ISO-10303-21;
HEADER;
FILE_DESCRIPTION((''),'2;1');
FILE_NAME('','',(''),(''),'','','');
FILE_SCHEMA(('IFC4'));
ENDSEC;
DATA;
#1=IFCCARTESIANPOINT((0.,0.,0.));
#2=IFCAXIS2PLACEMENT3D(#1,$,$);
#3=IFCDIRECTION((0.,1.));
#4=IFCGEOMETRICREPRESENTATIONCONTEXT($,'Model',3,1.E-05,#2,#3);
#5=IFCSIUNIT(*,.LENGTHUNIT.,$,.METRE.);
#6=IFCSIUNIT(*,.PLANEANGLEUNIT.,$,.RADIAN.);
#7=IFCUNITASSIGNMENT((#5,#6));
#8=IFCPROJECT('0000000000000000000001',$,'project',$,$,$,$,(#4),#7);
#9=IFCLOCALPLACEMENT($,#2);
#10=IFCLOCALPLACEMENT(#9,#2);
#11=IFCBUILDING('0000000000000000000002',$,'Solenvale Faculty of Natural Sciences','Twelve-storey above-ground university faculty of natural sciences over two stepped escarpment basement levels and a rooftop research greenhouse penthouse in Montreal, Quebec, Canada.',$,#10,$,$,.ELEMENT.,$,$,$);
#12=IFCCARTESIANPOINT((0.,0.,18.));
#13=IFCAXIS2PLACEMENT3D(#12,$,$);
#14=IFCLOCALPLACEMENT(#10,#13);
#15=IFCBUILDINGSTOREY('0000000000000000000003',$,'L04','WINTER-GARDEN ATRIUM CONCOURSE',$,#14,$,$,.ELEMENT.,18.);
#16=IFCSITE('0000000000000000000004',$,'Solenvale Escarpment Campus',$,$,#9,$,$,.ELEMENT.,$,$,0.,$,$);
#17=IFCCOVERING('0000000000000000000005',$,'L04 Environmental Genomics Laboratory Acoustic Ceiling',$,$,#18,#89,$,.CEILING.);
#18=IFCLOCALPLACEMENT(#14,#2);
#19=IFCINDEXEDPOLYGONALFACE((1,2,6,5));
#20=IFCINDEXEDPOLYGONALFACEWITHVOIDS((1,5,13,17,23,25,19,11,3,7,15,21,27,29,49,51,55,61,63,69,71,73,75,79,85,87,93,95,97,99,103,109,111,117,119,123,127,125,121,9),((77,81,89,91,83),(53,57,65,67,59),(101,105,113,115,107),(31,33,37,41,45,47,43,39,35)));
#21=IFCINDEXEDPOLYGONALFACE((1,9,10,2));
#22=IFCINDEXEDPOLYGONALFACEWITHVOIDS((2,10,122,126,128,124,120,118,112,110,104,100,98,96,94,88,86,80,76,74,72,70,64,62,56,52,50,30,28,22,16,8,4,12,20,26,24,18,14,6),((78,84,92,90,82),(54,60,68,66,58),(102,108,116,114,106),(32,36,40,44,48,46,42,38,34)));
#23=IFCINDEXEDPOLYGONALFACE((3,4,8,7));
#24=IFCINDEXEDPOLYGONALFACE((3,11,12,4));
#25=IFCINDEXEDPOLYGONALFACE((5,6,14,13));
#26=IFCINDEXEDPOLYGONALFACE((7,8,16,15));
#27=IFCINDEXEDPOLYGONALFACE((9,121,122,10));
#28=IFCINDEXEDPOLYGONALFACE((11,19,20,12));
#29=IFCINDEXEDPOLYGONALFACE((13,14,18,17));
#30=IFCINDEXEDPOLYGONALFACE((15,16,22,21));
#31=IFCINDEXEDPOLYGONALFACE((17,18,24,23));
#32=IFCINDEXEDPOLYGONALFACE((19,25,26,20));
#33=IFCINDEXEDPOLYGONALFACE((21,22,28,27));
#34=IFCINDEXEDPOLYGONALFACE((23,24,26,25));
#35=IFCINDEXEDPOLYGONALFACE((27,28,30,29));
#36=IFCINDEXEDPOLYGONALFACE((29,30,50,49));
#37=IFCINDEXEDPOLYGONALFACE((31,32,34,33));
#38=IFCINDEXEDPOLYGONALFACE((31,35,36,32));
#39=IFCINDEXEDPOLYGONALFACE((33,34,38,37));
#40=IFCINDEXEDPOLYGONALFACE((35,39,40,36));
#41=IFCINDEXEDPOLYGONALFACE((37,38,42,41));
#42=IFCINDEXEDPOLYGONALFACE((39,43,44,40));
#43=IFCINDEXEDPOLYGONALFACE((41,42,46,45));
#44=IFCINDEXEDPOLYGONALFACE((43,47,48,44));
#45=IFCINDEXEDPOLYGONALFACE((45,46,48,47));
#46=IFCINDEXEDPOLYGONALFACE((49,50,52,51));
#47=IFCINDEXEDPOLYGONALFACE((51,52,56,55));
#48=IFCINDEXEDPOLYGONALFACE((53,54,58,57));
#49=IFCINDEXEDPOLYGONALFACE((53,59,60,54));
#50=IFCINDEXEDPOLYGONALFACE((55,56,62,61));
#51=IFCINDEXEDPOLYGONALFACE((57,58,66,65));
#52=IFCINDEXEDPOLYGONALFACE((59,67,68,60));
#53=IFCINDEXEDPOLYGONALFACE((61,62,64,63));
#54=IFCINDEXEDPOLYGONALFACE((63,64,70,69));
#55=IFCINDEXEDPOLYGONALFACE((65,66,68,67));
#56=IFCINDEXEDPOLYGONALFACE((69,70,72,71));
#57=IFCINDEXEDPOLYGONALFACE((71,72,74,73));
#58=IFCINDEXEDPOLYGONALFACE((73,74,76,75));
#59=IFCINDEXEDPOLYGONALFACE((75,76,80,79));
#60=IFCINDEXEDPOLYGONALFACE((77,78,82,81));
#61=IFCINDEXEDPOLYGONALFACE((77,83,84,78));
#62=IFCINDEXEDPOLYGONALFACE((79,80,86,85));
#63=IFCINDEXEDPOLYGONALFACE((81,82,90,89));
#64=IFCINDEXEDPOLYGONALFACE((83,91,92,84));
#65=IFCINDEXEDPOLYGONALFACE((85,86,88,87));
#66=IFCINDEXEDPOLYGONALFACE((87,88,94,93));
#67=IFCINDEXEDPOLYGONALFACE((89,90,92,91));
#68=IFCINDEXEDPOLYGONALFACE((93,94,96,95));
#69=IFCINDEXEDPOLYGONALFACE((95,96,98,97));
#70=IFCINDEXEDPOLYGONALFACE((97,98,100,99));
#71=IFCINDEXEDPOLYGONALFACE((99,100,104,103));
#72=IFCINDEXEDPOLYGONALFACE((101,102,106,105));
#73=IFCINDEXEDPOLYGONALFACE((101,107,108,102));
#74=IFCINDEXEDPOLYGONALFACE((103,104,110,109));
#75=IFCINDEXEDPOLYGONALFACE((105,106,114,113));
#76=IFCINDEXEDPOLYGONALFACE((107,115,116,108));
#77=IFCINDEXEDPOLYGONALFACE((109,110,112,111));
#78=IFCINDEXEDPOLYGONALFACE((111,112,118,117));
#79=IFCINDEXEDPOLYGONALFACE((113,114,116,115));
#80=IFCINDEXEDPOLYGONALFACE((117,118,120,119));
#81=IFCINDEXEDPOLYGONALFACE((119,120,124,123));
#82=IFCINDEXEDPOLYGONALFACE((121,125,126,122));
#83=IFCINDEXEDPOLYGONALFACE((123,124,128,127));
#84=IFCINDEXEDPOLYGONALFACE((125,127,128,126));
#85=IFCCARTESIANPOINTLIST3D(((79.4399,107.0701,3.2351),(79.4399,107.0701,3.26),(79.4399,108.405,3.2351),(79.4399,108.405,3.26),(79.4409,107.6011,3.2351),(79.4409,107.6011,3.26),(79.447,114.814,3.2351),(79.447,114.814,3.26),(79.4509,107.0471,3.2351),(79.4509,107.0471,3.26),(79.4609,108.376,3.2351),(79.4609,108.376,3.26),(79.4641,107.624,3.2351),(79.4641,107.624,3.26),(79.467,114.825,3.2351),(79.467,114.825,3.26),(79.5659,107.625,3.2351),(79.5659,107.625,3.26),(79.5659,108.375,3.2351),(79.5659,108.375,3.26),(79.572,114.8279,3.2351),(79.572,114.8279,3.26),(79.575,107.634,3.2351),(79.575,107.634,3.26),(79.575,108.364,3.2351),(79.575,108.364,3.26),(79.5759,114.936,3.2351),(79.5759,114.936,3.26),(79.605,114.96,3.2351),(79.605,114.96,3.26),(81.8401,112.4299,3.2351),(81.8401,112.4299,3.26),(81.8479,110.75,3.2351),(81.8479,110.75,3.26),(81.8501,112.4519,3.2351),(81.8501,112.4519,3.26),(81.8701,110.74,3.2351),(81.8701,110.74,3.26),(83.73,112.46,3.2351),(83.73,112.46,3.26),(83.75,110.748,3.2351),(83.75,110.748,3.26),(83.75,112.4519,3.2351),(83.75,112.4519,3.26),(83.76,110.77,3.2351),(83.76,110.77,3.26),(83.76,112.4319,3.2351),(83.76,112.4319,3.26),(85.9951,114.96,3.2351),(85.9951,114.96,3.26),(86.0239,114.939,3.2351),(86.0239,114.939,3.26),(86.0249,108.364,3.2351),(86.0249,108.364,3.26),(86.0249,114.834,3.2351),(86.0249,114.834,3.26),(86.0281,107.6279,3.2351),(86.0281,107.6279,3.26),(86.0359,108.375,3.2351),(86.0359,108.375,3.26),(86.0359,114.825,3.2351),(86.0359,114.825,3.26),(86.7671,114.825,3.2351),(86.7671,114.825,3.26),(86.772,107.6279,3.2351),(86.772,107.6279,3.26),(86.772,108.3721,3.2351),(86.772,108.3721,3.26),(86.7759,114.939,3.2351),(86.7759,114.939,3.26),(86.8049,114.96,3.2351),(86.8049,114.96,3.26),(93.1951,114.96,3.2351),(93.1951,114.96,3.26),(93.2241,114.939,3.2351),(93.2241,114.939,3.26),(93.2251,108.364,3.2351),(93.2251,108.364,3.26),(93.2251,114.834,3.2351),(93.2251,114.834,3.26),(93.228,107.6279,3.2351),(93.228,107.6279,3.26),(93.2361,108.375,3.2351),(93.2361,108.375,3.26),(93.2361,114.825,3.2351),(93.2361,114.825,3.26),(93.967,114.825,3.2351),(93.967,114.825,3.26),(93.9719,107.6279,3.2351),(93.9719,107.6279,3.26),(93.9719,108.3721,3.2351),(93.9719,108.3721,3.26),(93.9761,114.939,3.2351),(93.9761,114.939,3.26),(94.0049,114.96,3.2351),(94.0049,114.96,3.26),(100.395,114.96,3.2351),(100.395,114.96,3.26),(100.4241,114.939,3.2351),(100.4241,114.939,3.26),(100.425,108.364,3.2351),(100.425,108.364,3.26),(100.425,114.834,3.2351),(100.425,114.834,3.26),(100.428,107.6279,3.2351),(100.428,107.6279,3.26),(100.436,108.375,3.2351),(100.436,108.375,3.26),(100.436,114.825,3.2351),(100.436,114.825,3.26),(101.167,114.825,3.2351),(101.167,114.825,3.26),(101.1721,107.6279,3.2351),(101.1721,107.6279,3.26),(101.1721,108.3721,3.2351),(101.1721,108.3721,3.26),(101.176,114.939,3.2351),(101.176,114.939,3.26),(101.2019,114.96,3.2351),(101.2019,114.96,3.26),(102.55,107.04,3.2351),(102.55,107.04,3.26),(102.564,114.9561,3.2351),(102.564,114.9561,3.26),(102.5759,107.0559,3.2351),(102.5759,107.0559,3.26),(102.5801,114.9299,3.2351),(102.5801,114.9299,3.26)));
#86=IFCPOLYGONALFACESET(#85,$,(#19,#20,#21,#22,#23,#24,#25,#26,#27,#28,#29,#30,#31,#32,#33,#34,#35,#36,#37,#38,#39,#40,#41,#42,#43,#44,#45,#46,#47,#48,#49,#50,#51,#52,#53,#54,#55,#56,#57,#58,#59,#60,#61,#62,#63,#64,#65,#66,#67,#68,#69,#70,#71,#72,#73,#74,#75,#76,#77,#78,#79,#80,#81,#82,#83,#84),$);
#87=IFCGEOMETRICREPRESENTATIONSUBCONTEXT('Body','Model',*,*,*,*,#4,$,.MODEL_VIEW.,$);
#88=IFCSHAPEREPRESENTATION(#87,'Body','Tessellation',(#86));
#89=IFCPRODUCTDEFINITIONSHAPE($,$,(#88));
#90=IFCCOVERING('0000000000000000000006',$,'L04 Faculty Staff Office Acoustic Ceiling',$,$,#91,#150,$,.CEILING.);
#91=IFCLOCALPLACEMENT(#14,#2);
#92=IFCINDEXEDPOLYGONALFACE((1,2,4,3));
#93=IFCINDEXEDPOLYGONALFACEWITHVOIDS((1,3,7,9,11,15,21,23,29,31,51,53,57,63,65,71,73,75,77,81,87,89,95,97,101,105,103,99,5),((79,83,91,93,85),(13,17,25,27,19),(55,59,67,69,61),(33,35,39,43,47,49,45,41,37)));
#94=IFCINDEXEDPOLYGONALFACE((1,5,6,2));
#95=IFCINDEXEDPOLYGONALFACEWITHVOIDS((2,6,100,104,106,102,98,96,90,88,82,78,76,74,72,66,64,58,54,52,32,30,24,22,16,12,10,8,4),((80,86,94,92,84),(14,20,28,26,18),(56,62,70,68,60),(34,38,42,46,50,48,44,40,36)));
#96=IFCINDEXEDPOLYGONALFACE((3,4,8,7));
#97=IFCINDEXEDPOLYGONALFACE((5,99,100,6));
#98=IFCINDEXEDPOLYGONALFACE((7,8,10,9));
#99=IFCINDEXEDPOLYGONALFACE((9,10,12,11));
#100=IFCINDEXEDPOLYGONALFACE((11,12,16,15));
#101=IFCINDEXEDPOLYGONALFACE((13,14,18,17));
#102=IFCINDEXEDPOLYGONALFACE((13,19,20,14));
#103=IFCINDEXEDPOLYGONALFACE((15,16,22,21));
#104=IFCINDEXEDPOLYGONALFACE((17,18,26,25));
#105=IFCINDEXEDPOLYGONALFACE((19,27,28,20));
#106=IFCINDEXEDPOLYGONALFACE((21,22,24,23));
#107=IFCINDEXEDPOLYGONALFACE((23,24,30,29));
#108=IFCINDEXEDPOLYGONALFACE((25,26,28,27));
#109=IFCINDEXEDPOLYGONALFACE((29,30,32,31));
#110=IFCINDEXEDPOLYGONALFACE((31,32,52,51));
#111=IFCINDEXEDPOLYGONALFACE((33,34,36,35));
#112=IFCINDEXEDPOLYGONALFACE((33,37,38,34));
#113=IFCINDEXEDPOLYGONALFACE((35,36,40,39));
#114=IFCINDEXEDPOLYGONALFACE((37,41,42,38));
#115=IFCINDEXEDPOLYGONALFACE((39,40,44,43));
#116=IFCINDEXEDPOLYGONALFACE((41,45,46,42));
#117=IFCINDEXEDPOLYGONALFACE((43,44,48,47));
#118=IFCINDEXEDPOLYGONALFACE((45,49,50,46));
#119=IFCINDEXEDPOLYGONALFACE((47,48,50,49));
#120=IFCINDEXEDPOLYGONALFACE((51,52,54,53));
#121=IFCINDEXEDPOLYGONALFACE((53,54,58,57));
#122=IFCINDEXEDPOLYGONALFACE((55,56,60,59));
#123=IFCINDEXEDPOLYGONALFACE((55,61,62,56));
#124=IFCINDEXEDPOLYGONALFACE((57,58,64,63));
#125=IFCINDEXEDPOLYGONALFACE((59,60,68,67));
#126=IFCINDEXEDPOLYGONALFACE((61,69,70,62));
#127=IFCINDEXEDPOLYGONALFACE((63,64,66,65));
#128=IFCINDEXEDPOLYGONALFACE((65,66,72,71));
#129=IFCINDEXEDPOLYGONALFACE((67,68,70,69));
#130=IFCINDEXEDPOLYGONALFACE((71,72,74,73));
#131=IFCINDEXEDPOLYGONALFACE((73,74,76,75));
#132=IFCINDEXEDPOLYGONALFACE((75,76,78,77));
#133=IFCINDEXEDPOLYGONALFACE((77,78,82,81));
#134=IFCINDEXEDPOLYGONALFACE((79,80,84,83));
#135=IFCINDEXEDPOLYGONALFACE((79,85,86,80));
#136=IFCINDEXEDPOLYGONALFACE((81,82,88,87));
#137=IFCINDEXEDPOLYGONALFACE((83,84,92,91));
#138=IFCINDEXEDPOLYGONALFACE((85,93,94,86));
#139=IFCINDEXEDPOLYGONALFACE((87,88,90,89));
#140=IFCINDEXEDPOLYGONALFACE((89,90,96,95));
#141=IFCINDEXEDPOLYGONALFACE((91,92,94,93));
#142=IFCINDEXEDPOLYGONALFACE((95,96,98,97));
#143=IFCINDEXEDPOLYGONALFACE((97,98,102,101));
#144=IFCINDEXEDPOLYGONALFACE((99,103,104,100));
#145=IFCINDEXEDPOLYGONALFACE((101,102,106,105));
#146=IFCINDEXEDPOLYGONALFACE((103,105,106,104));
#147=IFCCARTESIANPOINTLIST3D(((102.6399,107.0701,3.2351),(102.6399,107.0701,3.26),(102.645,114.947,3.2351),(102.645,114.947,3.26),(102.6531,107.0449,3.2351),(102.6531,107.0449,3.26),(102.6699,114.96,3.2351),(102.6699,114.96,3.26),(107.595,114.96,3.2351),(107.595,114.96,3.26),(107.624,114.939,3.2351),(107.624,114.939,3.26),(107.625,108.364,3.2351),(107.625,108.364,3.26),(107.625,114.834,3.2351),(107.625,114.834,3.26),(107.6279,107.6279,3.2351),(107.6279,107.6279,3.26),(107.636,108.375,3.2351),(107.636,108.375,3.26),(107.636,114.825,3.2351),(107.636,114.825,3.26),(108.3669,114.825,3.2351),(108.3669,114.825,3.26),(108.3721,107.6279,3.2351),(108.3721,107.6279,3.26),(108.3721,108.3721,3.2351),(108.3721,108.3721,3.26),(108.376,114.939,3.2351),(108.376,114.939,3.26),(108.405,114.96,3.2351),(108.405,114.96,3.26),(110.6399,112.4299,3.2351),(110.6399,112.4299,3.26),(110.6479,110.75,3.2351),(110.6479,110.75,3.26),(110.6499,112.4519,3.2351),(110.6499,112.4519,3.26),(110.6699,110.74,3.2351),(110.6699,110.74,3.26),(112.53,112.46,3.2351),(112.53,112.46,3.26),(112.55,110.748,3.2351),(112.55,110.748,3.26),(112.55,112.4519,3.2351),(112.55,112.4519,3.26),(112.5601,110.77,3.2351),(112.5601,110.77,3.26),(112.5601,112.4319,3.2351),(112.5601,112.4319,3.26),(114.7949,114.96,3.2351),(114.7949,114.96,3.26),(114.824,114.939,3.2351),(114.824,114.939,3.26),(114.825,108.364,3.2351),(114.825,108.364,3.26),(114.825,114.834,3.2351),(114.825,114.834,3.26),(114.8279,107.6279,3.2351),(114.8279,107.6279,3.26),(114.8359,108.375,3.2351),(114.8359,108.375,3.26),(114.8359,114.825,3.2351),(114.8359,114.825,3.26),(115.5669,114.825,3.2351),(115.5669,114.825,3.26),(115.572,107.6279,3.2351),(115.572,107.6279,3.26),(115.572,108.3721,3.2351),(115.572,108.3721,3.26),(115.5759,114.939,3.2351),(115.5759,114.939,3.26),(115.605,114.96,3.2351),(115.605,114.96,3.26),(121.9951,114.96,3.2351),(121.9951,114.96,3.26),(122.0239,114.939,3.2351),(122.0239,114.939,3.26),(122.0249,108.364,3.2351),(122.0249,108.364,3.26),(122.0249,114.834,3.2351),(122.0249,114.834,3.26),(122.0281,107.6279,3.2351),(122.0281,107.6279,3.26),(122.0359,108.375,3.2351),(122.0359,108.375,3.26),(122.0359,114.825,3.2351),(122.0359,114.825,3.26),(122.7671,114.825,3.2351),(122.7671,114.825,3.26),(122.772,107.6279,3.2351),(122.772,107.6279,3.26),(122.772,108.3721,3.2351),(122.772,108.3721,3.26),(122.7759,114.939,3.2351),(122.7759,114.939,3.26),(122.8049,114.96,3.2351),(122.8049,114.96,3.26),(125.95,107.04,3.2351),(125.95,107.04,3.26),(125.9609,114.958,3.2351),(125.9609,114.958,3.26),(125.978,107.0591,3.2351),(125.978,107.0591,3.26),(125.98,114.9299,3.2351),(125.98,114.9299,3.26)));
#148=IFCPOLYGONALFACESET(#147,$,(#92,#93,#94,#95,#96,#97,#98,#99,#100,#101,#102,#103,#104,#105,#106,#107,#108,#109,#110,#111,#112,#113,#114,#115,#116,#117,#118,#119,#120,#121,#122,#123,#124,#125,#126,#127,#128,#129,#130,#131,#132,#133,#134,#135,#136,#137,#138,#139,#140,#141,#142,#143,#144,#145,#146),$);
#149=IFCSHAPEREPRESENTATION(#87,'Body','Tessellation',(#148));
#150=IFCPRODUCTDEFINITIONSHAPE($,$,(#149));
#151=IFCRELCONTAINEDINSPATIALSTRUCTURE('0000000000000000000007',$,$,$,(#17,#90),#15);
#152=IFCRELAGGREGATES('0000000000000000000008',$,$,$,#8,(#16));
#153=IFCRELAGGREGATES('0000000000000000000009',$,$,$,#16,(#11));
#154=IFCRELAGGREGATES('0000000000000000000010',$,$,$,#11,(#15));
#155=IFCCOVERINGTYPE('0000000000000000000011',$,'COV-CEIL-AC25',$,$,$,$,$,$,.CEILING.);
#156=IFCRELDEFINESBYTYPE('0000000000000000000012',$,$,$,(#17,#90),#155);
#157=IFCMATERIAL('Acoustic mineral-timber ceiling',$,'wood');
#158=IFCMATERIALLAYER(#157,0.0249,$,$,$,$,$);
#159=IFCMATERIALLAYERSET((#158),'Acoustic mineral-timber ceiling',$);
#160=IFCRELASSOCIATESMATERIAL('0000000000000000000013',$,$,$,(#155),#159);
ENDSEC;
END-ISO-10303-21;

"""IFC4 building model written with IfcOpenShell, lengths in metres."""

from ifc_helpers import new_model, si_unit, direction, frame, origin, place, context, subcontext, project, spatial, polyline, outline, extrude, material, layer, layer_set, type_object, element, save


model = new_model("IFC4")

# Units and contexts
model_context = context("Model", 3, precision=1e-05, world=origin(), true_north=direction((0.0, 1.0)))
body_context = subcontext(model_context, "Body", "Model", "MODEL_VIEW")
ifc_project = project(units=[si_unit("LENGTHUNIT", "METRE"), si_unit("PLANEANGLEUNIT", "RADIAN")], contexts=[model_context])

# Site, building, storey
site_placement = place(None, origin())
site = spatial("IfcSite", under=ifc_project, at=site_placement, Name="Solenvale Escarpment Campus", CompositionType="ELEMENT", RefElevation=0.0)
building_placement = place(site_placement, origin())
building = spatial("IfcBuilding", under=site, at=building_placement, Name="Solenvale Faculty of Natural Sciences", Description="Twelve-storey above-ground university faculty of natural sciences over two stepped escarpment basement levels and a rooftop research greenhouse penthouse in Montreal, Quebec, Canada.", CompositionType="ELEMENT")
storey_placement = place(building_placement, frame((0.0, 0.0, 18.0)))
storey = spatial("IfcBuildingStorey", under=building, at=storey_placement, Name="L04", Description="WINTER-GARDEN ATRIUM CONCOURSE", CompositionType="ELEMENT", Elevation=18.0)

# Coverings
ifc_material_1 = material(Name="Acoustic mineral-timber ceiling", Category="wood")
ifc_layer_1 = layer(ifc_material_1, 0.0249)
ifc_layer_set_1 = layer_set([ifc_layer_1], Name="Acoustic mineral-timber ceiling")
covering_type_1 = type_object("IfcCoveringType", Name="COV-CEIL-AC25", PredefinedType="CEILING", material=ifc_layer_set_1)
covering_1_placement = place(storey_placement, frame((0.0, 0.0, 3.2351)))
element("IfcCovering", 1, at=covering_1_placement, inside=storey, type_object=covering_type_1, Name="L04 Environmental Genomics Laboratory Acoustic Ceiling", PredefinedType="CEILING", context=body_context, shape_type="SweptSolid", body=[
    extrude(outline(polyline([(85.9951, 114.96), (86.0239, 114.939), (86.0249, 114.834), (86.0359, 114.825), (86.7671, 114.825), (86.7759, 114.939), (86.8049, 114.96), (93.1951, 114.96), (93.2241, 114.939), (93.2251, 114.834), (93.2361, 114.825), (93.967, 114.825), (93.9761, 114.939), (94.0049, 114.96), (100.395, 114.96), (100.4241, 114.939), (100.425, 114.834), (100.436, 114.825), (101.167, 114.825), (101.176, 114.939), (101.2019, 114.96), (102.564, 114.9561), (102.5801, 114.9299), (102.5759, 107.0559), (102.55, 107.04), (79.4509, 107.0471), (79.4399, 107.0701), (79.4409, 107.6011), (79.4641, 107.624), (79.5659, 107.625), (79.575, 107.634), (79.575, 108.364), (79.5659, 108.375), (79.4609, 108.376), (79.4399, 108.405), (79.447, 114.814), (79.467, 114.825), (79.572, 114.8279), (79.5759, 114.936), (79.605, 114.96), (85.9951, 114.96)]), holes=[polyline([(100.436, 108.375), (100.425, 108.364), (100.428, 107.6279), (101.1721, 107.6279), (101.1721, 108.3721), (100.436, 108.375)]), polyline([(93.2361, 108.375), (93.2251, 108.364), (93.228, 107.6279), (93.9719, 107.6279), (93.9719, 108.3721), (93.2361, 108.375)]), polyline([(86.0359, 108.375), (86.0249, 108.364), (86.0281, 107.6279), (86.772, 107.6279), (86.772, 108.3721), (86.0359, 108.375)]), polyline([(83.76, 112.4319), (83.75, 112.4519), (83.73, 112.46), (81.8501, 112.4519), (81.8401, 112.4299), (81.8479, 110.75), (81.8701, 110.74), (83.75, 110.748), (83.76, 110.77), (83.76, 112.4319)])]), origin(), (0.0, 0.0, 1.0), 0.0249),
])
covering_2_placement = place(storey_placement, frame((0.0, 0.0, 3.2351)))
element("IfcCovering", 2, at=covering_2_placement, inside=storey, type_object=covering_type_1, Name="L04 Faculty Staff Office Acoustic Ceiling", PredefinedType="CEILING", context=body_context, shape_type="SweptSolid", body=[
    extrude(outline(polyline([(107.595, 114.96), (107.624, 114.939), (107.625, 114.834), (107.636, 114.825), (108.3669, 114.825), (108.376, 114.939), (108.405, 114.96), (114.7949, 114.96), (114.824, 114.939), (114.825, 114.834), (114.8359, 114.825), (115.5669, 114.825), (115.5759, 114.939), (115.605, 114.96), (121.9951, 114.96), (122.0239, 114.939), (122.0249, 114.834), (122.0359, 114.825), (122.7671, 114.825), (122.7759, 114.939), (122.8049, 114.96), (125.9609, 114.958), (125.98, 114.9299), (125.978, 107.0591), (125.95, 107.04), (102.6531, 107.0449), (102.6399, 107.0701), (102.645, 114.947), (102.6699, 114.96), (107.595, 114.96)]), holes=[polyline([(122.0359, 108.375), (122.0249, 108.364), (122.0281, 107.6279), (122.772, 107.6279), (122.772, 108.3721), (122.0359, 108.375)]), polyline([(114.8359, 108.375), (114.825, 108.364), (114.8279, 107.6279), (115.572, 107.6279), (115.572, 108.3721), (114.8359, 108.375)]), polyline([(112.5601, 112.4319), (112.55, 112.4519), (112.53, 112.46), (110.6499, 112.4519), (110.6399, 112.4299), (110.6479, 110.75), (110.6699, 110.74), (112.55, 110.748), (112.5601, 110.77), (112.5601, 112.4319)]), polyline([(107.636, 108.375), (107.625, 108.364), (107.6279, 107.6279), (108.3721, 107.6279), (108.3721, 108.3721), (107.636, 108.375)])]), origin(), (0.0, 0.0, 1.0), 0.0249),
])

save(model, "model.ifc")
